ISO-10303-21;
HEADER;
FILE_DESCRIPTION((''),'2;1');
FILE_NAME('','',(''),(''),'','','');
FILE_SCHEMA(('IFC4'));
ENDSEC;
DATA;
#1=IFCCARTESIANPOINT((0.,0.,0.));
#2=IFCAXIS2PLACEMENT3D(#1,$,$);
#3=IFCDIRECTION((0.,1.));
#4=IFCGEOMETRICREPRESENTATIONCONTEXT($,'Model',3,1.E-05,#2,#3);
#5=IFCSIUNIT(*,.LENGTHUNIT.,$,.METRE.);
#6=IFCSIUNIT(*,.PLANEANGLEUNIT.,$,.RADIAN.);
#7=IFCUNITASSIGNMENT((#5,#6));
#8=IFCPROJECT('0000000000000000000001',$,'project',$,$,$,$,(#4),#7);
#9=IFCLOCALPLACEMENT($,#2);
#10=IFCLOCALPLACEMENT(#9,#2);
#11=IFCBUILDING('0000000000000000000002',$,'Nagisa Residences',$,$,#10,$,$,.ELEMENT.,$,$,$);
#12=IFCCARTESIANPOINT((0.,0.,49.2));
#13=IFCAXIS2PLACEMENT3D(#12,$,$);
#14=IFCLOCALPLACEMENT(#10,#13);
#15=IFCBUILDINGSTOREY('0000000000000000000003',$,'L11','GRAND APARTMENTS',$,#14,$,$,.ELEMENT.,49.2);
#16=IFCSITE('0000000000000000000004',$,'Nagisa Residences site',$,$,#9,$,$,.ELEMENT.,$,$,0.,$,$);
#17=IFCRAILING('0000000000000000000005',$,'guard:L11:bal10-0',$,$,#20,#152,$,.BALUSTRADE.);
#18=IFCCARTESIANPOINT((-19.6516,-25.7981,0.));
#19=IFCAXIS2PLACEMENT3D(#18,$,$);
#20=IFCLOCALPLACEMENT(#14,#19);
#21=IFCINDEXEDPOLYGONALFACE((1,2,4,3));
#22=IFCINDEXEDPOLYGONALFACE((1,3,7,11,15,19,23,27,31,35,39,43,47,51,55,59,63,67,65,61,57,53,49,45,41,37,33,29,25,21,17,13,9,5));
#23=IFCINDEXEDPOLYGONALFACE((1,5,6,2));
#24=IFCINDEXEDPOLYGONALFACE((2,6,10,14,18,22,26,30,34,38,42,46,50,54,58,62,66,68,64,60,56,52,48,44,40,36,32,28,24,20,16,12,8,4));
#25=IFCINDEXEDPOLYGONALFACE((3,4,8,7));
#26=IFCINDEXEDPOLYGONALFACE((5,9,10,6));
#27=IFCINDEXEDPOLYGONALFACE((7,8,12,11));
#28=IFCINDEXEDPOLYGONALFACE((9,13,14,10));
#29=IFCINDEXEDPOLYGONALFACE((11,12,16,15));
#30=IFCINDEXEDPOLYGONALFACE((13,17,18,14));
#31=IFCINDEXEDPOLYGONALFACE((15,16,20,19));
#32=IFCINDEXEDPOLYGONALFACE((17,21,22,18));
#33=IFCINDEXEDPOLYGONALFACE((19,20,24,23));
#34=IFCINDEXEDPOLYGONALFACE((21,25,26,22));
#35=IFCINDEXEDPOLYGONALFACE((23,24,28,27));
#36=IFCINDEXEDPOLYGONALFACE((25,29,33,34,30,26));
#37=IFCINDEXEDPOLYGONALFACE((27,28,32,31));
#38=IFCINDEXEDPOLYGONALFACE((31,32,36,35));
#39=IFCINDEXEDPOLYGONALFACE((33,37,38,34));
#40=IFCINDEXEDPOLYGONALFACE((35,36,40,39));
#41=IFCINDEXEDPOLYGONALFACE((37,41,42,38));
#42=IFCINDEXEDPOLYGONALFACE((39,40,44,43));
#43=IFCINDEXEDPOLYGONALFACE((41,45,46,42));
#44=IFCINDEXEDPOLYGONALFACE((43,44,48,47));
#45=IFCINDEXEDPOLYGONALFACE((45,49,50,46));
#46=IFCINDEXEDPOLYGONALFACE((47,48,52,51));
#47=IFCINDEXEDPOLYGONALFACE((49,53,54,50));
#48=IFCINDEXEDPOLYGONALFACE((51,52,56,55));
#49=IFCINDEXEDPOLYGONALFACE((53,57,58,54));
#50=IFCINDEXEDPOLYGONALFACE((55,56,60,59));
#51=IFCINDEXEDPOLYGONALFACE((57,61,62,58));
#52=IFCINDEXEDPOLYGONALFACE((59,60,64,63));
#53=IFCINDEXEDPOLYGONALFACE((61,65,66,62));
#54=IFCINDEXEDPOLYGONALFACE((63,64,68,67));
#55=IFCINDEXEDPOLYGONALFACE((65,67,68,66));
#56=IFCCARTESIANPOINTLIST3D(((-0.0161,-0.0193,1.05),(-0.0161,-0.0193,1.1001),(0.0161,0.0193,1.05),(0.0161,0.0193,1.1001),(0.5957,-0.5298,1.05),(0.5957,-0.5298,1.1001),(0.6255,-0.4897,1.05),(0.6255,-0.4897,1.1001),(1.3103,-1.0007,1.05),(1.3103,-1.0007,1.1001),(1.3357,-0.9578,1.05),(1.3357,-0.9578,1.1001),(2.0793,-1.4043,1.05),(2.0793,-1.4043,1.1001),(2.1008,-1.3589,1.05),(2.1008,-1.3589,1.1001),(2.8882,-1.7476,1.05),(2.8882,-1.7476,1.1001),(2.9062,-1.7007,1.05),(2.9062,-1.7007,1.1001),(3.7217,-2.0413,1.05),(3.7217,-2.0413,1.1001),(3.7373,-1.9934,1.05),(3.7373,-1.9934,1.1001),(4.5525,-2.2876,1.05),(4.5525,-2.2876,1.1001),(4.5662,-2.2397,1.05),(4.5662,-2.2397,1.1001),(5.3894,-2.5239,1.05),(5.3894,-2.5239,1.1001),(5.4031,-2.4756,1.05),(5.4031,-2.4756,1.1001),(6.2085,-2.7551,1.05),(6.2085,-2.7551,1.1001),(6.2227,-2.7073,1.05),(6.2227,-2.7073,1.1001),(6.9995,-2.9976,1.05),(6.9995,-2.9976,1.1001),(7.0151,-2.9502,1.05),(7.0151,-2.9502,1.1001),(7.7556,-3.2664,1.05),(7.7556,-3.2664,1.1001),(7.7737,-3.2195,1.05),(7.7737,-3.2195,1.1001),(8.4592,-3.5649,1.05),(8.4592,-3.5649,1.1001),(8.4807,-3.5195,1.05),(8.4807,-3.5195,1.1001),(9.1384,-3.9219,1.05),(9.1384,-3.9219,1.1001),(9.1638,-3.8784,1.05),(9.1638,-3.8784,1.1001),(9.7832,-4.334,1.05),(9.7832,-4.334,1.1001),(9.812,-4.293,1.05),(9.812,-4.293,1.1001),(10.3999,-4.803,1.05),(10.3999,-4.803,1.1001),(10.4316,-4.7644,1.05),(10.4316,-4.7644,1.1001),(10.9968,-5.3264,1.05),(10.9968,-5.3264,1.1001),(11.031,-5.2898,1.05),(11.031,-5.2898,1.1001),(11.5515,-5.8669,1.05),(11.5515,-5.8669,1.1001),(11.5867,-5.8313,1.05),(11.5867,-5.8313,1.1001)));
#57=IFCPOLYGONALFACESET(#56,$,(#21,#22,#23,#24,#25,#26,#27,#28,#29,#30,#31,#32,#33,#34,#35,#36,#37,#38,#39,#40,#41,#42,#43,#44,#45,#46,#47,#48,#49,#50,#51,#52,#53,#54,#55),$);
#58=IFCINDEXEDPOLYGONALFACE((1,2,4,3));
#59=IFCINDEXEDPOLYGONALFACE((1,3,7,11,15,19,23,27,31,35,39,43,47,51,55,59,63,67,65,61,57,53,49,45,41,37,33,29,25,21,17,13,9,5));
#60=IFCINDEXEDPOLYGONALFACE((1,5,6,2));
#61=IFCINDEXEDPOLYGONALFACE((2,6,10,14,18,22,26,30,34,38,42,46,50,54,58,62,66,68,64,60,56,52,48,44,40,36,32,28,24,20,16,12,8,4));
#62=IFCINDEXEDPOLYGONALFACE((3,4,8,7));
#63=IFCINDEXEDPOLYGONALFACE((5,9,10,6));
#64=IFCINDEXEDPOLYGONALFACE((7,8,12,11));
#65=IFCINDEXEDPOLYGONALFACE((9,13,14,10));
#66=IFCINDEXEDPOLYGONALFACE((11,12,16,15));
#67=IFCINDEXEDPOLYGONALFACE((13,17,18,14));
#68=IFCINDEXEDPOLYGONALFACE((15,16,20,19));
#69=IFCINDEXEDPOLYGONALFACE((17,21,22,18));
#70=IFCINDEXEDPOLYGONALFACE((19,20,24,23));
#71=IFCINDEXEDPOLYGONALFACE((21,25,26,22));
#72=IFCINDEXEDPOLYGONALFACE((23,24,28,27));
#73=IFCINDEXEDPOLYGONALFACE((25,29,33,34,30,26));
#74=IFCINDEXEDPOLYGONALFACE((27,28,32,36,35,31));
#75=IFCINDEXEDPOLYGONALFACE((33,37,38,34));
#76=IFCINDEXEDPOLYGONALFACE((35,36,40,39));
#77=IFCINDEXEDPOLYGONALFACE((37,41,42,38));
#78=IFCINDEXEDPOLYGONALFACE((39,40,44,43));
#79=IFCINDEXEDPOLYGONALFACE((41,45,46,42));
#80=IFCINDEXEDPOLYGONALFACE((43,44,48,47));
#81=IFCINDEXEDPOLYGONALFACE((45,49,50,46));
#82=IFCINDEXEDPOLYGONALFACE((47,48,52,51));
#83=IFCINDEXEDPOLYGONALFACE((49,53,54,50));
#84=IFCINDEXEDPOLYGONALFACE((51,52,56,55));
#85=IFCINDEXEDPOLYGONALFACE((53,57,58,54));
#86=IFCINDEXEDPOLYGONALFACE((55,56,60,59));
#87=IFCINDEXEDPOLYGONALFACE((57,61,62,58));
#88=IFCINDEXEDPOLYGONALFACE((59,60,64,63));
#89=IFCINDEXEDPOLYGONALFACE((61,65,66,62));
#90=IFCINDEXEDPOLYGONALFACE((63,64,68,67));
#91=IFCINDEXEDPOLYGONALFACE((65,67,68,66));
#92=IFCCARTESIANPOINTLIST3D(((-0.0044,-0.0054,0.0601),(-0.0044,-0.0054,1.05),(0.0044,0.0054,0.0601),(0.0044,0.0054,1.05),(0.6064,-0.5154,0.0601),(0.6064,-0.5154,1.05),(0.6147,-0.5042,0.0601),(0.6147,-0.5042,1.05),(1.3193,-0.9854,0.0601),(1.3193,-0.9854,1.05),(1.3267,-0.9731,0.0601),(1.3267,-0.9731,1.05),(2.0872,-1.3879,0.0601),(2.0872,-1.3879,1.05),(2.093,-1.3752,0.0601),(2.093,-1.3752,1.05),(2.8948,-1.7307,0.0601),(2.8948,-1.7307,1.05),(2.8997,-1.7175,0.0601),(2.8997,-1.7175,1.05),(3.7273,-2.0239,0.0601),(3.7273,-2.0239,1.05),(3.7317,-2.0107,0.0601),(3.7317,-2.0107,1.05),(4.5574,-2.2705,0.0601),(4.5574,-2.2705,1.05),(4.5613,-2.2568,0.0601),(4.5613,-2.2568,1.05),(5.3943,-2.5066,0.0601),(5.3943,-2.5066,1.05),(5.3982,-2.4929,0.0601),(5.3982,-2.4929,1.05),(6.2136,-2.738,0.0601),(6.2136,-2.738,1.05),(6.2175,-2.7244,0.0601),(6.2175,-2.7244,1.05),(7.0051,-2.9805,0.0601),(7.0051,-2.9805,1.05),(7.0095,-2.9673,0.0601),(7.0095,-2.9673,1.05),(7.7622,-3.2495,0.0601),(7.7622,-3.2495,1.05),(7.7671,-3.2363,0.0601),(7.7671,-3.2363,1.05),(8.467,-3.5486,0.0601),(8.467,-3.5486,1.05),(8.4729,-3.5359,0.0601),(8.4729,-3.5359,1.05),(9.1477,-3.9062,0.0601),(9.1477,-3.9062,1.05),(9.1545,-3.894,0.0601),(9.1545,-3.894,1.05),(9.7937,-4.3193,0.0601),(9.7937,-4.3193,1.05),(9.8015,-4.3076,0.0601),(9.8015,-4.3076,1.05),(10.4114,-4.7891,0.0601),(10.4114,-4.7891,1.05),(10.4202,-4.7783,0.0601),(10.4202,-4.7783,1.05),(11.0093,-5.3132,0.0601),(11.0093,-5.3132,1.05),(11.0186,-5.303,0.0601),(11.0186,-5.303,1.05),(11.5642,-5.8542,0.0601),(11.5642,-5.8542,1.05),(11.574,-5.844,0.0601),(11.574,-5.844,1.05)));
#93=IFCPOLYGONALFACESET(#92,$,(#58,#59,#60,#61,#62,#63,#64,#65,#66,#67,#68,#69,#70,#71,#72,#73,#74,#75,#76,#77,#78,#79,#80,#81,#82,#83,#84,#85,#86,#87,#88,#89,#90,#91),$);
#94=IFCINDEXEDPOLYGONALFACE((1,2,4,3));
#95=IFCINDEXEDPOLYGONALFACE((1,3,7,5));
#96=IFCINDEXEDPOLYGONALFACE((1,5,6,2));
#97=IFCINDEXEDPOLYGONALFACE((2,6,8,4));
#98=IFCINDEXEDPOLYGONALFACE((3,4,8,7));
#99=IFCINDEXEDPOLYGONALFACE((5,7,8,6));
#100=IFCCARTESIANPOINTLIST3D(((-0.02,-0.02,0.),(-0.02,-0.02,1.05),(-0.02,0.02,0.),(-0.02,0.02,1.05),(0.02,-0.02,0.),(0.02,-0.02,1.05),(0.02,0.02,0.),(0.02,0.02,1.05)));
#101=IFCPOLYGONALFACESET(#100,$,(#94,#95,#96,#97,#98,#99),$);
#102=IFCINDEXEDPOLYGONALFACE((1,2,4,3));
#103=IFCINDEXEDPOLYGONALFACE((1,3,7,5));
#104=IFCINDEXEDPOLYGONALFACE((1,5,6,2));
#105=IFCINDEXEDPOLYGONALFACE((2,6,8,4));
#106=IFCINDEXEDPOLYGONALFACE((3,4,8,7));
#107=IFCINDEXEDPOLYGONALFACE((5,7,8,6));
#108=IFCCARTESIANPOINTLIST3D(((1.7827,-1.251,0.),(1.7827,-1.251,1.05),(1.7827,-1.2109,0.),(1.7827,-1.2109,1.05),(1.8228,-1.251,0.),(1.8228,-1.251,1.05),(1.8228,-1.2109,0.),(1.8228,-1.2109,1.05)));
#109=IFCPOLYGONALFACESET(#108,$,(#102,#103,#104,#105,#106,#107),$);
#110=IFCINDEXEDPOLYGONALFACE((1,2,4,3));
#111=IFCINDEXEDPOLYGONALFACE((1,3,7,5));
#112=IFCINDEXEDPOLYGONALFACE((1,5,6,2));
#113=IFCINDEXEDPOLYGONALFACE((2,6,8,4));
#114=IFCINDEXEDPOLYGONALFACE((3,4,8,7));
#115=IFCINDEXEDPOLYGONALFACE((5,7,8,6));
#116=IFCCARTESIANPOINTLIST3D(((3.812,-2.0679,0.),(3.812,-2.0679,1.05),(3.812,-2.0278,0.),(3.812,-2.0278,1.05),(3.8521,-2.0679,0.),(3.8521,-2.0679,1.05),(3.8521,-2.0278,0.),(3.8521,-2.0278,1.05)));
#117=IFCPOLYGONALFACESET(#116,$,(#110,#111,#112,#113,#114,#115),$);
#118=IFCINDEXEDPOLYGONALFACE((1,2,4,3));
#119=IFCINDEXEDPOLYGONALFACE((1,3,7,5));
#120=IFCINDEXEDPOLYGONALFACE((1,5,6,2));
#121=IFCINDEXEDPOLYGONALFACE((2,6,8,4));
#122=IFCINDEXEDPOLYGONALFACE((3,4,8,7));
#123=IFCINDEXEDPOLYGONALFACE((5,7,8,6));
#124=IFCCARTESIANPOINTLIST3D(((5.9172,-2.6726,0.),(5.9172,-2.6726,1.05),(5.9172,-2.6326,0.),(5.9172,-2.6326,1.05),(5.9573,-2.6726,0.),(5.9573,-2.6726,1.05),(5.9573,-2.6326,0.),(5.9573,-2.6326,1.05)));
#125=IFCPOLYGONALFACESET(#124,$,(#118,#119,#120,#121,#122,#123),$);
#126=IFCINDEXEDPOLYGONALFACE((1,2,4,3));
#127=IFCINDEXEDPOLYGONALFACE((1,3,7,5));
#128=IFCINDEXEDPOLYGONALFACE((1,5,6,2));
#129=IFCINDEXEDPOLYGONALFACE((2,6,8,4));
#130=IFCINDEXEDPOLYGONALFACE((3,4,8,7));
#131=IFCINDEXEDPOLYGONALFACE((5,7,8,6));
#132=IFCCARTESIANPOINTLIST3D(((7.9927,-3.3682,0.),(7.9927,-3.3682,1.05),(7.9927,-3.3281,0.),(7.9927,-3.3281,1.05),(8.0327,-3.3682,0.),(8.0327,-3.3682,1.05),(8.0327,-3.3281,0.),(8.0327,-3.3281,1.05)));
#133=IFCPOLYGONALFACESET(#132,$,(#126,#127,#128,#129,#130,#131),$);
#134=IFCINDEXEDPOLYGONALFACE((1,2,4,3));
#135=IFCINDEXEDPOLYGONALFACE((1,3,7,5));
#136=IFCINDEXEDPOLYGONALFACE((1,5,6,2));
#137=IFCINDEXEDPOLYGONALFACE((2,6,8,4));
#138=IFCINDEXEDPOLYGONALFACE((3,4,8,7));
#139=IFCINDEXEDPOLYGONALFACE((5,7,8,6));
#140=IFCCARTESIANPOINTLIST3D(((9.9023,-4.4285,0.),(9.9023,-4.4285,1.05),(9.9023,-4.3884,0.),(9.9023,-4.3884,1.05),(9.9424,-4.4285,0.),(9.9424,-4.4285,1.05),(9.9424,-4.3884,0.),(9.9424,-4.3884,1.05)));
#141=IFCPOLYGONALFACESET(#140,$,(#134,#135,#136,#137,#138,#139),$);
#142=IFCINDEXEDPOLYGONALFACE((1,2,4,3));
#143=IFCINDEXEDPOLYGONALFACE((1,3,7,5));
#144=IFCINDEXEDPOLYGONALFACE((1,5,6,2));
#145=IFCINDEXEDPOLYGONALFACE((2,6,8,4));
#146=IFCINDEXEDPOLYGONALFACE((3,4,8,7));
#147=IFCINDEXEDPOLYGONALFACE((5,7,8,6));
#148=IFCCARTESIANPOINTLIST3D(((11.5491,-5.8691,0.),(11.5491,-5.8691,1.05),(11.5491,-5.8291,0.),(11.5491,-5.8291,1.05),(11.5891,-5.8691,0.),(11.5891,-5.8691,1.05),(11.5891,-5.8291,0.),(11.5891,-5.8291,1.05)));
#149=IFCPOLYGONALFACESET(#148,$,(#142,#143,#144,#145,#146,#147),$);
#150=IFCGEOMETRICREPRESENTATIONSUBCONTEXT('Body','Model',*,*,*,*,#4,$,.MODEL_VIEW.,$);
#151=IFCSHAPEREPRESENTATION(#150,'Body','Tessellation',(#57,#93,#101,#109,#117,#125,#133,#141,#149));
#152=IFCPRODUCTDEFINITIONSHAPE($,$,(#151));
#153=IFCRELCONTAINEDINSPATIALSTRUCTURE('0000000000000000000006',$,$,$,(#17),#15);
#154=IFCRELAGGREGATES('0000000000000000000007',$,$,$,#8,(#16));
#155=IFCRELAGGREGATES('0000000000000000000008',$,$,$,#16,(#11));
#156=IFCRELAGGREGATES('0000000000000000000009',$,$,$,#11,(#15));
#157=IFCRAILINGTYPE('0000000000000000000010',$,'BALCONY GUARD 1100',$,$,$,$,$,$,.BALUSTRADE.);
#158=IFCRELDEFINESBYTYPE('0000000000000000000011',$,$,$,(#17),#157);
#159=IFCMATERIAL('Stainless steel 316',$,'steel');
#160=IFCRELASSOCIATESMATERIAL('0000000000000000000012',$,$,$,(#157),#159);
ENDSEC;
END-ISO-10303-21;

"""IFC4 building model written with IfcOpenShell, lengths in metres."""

from ifc_helpers import new_model, si_unit, direction, frame, origin, origin_2d, place, context, subcontext, project, spatial, polyline, rectangle, outline, extrude, material, type_object, element, save


model = new_model("IFC4")

# Units and contexts
model_context = context("Model", 3, precision=1e-05, world=origin(), true_north=direction((0.0, 1.0)))
body_context = subcontext(model_context, "Body", "Model", "MODEL_VIEW")
ifc_project = project(units=[si_unit("LENGTHUNIT", "METRE"), si_unit("PLANEANGLEUNIT", "RADIAN")], contexts=[model_context])

# Site, building, storey
site_placement = place(None, origin())
site = spatial("IfcSite", under=ifc_project, at=site_placement, Name="Nagisa Residences site", CompositionType="ELEMENT", RefElevation=0.0)
building_placement = place(site_placement, origin())
building = spatial("IfcBuilding", under=site, at=building_placement, Name="Nagisa Residences", CompositionType="ELEMENT")
storey_placement = place(building_placement, frame((0.0, 0.0, 49.2)))
storey = spatial("IfcBuildingStorey", under=building, at=storey_placement, Name="L11", Description="GRAND APARTMENTS", CompositionType="ELEMENT", Elevation=49.2)

# Railing
ifc_material_1 = material(Name="Stainless steel 316", Category="steel")
railing_type = type_object("IfcRailingType", Name="BALCONY GUARD 1100", PredefinedType="BALUSTRADE", material=ifc_material_1)
railing_1_placement = place(storey_placement, frame((-19.6516, -25.7981, 0.0)))
element("IfcRailing", 1, at=railing_1_placement, inside=storey, type_object=railing_type, Name="guard:L11:bal10-0", PredefinedType="BALUSTRADE", context=body_context, shape_type="SweptSolid", body=[
    extrude(outline(polyline([(0.6255, -0.4897), (0.0161, 0.0193), (-0.0161, -0.0193), (0.5957, -0.5298), (1.3103, -1.0007), (2.0793, -1.4043), (2.8882, -1.7476), (3.7217, -2.0413), (4.5525, -2.2876), (5.3894, -2.5239), (6.2085, -2.7551), (6.9995, -2.9976), (7.7556, -3.2664), (8.4592, -3.5649), (9.1384, -3.9219), (9.7832, -4.334), (10.3999, -4.803), (10.9968, -5.3264), (11.5515, -5.8669), (11.5867, -5.8313), (11.031, -5.2898), (10.4316, -4.7644), (9.812, -4.293), (9.1638, -3.8784), (8.4807, -3.5195), (7.7737, -3.2195), (7.0151, -2.9502), (6.2227, -2.7073), (5.4031, -2.4756), (4.5662, -2.2397), (3.7373, -1.9934), (2.9062, -1.7007), (2.1008, -1.3589), (1.3357, -0.9578), (0.6255, -0.4897)])), frame((0.0, 0.0, 1.05)), (0.0, 0.0, 1.0), 0.05),
    extrude(outline(polyline([(0.6147, -0.5042), (0.0044, 0.0054), (-0.0044, -0.0054), (0.6064, -0.5154), (1.3193, -0.9854), (2.0872, -1.3879), (2.8948, -1.7307), (3.7273, -2.0239), (4.5574, -2.2705), (5.3943, -2.5066), (6.2136, -2.738), (7.0051, -2.9805), (7.7622, -3.2495), (8.467, -3.5486), (9.1477, -3.9062), (9.7937, -4.3193), (10.4114, -4.7891), (11.0093, -5.3132), (11.5642, -5.8542), (11.574, -5.844), (11.0186, -5.303), (10.4202, -4.7783), (9.8015, -4.3076), (9.1545, -3.894), (8.4729, -3.5359), (7.7671, -3.2363), (7.0095, -2.9673), (6.2175, -2.7244), (5.3982, -2.4929), (4.5613, -2.2568), (3.7317, -2.0107), (2.8997, -1.7175), (2.093, -1.3752), (1.3267, -0.9731), (0.6147, -0.5042)])), frame((0.0, 0.0, 0.0601)), (0.0, 0.0, 1.0), 0.99),
    extrude(rectangle(XDim=0.04, YDim=0.04, at=origin_2d()), origin(), (0.0, 0.0, 1.0), 1.05),
    extrude(rectangle(XDim=0.04, YDim=0.04, at=origin_2d()), frame((1.8027, -1.231, 0.0)), (0.0, 0.0, 1.0), 1.05),
    extrude(rectangle(XDim=0.04, YDim=0.04, at=origin_2d()), frame((3.832, -2.0479, 0.0)), (0.0, 0.0, 1.0), 1.05),
    extrude(rectangle(XDim=0.04, YDim=0.04, at=origin_2d()), frame((5.9373, -2.6526, 0.0)), (0.0, 0.0, 1.0), 1.05),
    extrude(rectangle(XDim=0.04, YDim=0.04, at=origin_2d()), frame((8.0127, -3.3481, 0.0)), (0.0, 0.0, 1.0), 1.05),
    extrude(rectangle(XDim=0.04, YDim=0.04, at=origin_2d()), frame((9.9224, -4.4084, 0.0)), (0.0, 0.0, 1.0), 1.05),
    extrude(rectangle(XDim=0.04, YDim=0.04, at=origin_2d()), frame((11.5691, -5.8491, 0.0)), (0.0, 0.0, 1.0), 1.05),
])

save(model, "model.ifc")
